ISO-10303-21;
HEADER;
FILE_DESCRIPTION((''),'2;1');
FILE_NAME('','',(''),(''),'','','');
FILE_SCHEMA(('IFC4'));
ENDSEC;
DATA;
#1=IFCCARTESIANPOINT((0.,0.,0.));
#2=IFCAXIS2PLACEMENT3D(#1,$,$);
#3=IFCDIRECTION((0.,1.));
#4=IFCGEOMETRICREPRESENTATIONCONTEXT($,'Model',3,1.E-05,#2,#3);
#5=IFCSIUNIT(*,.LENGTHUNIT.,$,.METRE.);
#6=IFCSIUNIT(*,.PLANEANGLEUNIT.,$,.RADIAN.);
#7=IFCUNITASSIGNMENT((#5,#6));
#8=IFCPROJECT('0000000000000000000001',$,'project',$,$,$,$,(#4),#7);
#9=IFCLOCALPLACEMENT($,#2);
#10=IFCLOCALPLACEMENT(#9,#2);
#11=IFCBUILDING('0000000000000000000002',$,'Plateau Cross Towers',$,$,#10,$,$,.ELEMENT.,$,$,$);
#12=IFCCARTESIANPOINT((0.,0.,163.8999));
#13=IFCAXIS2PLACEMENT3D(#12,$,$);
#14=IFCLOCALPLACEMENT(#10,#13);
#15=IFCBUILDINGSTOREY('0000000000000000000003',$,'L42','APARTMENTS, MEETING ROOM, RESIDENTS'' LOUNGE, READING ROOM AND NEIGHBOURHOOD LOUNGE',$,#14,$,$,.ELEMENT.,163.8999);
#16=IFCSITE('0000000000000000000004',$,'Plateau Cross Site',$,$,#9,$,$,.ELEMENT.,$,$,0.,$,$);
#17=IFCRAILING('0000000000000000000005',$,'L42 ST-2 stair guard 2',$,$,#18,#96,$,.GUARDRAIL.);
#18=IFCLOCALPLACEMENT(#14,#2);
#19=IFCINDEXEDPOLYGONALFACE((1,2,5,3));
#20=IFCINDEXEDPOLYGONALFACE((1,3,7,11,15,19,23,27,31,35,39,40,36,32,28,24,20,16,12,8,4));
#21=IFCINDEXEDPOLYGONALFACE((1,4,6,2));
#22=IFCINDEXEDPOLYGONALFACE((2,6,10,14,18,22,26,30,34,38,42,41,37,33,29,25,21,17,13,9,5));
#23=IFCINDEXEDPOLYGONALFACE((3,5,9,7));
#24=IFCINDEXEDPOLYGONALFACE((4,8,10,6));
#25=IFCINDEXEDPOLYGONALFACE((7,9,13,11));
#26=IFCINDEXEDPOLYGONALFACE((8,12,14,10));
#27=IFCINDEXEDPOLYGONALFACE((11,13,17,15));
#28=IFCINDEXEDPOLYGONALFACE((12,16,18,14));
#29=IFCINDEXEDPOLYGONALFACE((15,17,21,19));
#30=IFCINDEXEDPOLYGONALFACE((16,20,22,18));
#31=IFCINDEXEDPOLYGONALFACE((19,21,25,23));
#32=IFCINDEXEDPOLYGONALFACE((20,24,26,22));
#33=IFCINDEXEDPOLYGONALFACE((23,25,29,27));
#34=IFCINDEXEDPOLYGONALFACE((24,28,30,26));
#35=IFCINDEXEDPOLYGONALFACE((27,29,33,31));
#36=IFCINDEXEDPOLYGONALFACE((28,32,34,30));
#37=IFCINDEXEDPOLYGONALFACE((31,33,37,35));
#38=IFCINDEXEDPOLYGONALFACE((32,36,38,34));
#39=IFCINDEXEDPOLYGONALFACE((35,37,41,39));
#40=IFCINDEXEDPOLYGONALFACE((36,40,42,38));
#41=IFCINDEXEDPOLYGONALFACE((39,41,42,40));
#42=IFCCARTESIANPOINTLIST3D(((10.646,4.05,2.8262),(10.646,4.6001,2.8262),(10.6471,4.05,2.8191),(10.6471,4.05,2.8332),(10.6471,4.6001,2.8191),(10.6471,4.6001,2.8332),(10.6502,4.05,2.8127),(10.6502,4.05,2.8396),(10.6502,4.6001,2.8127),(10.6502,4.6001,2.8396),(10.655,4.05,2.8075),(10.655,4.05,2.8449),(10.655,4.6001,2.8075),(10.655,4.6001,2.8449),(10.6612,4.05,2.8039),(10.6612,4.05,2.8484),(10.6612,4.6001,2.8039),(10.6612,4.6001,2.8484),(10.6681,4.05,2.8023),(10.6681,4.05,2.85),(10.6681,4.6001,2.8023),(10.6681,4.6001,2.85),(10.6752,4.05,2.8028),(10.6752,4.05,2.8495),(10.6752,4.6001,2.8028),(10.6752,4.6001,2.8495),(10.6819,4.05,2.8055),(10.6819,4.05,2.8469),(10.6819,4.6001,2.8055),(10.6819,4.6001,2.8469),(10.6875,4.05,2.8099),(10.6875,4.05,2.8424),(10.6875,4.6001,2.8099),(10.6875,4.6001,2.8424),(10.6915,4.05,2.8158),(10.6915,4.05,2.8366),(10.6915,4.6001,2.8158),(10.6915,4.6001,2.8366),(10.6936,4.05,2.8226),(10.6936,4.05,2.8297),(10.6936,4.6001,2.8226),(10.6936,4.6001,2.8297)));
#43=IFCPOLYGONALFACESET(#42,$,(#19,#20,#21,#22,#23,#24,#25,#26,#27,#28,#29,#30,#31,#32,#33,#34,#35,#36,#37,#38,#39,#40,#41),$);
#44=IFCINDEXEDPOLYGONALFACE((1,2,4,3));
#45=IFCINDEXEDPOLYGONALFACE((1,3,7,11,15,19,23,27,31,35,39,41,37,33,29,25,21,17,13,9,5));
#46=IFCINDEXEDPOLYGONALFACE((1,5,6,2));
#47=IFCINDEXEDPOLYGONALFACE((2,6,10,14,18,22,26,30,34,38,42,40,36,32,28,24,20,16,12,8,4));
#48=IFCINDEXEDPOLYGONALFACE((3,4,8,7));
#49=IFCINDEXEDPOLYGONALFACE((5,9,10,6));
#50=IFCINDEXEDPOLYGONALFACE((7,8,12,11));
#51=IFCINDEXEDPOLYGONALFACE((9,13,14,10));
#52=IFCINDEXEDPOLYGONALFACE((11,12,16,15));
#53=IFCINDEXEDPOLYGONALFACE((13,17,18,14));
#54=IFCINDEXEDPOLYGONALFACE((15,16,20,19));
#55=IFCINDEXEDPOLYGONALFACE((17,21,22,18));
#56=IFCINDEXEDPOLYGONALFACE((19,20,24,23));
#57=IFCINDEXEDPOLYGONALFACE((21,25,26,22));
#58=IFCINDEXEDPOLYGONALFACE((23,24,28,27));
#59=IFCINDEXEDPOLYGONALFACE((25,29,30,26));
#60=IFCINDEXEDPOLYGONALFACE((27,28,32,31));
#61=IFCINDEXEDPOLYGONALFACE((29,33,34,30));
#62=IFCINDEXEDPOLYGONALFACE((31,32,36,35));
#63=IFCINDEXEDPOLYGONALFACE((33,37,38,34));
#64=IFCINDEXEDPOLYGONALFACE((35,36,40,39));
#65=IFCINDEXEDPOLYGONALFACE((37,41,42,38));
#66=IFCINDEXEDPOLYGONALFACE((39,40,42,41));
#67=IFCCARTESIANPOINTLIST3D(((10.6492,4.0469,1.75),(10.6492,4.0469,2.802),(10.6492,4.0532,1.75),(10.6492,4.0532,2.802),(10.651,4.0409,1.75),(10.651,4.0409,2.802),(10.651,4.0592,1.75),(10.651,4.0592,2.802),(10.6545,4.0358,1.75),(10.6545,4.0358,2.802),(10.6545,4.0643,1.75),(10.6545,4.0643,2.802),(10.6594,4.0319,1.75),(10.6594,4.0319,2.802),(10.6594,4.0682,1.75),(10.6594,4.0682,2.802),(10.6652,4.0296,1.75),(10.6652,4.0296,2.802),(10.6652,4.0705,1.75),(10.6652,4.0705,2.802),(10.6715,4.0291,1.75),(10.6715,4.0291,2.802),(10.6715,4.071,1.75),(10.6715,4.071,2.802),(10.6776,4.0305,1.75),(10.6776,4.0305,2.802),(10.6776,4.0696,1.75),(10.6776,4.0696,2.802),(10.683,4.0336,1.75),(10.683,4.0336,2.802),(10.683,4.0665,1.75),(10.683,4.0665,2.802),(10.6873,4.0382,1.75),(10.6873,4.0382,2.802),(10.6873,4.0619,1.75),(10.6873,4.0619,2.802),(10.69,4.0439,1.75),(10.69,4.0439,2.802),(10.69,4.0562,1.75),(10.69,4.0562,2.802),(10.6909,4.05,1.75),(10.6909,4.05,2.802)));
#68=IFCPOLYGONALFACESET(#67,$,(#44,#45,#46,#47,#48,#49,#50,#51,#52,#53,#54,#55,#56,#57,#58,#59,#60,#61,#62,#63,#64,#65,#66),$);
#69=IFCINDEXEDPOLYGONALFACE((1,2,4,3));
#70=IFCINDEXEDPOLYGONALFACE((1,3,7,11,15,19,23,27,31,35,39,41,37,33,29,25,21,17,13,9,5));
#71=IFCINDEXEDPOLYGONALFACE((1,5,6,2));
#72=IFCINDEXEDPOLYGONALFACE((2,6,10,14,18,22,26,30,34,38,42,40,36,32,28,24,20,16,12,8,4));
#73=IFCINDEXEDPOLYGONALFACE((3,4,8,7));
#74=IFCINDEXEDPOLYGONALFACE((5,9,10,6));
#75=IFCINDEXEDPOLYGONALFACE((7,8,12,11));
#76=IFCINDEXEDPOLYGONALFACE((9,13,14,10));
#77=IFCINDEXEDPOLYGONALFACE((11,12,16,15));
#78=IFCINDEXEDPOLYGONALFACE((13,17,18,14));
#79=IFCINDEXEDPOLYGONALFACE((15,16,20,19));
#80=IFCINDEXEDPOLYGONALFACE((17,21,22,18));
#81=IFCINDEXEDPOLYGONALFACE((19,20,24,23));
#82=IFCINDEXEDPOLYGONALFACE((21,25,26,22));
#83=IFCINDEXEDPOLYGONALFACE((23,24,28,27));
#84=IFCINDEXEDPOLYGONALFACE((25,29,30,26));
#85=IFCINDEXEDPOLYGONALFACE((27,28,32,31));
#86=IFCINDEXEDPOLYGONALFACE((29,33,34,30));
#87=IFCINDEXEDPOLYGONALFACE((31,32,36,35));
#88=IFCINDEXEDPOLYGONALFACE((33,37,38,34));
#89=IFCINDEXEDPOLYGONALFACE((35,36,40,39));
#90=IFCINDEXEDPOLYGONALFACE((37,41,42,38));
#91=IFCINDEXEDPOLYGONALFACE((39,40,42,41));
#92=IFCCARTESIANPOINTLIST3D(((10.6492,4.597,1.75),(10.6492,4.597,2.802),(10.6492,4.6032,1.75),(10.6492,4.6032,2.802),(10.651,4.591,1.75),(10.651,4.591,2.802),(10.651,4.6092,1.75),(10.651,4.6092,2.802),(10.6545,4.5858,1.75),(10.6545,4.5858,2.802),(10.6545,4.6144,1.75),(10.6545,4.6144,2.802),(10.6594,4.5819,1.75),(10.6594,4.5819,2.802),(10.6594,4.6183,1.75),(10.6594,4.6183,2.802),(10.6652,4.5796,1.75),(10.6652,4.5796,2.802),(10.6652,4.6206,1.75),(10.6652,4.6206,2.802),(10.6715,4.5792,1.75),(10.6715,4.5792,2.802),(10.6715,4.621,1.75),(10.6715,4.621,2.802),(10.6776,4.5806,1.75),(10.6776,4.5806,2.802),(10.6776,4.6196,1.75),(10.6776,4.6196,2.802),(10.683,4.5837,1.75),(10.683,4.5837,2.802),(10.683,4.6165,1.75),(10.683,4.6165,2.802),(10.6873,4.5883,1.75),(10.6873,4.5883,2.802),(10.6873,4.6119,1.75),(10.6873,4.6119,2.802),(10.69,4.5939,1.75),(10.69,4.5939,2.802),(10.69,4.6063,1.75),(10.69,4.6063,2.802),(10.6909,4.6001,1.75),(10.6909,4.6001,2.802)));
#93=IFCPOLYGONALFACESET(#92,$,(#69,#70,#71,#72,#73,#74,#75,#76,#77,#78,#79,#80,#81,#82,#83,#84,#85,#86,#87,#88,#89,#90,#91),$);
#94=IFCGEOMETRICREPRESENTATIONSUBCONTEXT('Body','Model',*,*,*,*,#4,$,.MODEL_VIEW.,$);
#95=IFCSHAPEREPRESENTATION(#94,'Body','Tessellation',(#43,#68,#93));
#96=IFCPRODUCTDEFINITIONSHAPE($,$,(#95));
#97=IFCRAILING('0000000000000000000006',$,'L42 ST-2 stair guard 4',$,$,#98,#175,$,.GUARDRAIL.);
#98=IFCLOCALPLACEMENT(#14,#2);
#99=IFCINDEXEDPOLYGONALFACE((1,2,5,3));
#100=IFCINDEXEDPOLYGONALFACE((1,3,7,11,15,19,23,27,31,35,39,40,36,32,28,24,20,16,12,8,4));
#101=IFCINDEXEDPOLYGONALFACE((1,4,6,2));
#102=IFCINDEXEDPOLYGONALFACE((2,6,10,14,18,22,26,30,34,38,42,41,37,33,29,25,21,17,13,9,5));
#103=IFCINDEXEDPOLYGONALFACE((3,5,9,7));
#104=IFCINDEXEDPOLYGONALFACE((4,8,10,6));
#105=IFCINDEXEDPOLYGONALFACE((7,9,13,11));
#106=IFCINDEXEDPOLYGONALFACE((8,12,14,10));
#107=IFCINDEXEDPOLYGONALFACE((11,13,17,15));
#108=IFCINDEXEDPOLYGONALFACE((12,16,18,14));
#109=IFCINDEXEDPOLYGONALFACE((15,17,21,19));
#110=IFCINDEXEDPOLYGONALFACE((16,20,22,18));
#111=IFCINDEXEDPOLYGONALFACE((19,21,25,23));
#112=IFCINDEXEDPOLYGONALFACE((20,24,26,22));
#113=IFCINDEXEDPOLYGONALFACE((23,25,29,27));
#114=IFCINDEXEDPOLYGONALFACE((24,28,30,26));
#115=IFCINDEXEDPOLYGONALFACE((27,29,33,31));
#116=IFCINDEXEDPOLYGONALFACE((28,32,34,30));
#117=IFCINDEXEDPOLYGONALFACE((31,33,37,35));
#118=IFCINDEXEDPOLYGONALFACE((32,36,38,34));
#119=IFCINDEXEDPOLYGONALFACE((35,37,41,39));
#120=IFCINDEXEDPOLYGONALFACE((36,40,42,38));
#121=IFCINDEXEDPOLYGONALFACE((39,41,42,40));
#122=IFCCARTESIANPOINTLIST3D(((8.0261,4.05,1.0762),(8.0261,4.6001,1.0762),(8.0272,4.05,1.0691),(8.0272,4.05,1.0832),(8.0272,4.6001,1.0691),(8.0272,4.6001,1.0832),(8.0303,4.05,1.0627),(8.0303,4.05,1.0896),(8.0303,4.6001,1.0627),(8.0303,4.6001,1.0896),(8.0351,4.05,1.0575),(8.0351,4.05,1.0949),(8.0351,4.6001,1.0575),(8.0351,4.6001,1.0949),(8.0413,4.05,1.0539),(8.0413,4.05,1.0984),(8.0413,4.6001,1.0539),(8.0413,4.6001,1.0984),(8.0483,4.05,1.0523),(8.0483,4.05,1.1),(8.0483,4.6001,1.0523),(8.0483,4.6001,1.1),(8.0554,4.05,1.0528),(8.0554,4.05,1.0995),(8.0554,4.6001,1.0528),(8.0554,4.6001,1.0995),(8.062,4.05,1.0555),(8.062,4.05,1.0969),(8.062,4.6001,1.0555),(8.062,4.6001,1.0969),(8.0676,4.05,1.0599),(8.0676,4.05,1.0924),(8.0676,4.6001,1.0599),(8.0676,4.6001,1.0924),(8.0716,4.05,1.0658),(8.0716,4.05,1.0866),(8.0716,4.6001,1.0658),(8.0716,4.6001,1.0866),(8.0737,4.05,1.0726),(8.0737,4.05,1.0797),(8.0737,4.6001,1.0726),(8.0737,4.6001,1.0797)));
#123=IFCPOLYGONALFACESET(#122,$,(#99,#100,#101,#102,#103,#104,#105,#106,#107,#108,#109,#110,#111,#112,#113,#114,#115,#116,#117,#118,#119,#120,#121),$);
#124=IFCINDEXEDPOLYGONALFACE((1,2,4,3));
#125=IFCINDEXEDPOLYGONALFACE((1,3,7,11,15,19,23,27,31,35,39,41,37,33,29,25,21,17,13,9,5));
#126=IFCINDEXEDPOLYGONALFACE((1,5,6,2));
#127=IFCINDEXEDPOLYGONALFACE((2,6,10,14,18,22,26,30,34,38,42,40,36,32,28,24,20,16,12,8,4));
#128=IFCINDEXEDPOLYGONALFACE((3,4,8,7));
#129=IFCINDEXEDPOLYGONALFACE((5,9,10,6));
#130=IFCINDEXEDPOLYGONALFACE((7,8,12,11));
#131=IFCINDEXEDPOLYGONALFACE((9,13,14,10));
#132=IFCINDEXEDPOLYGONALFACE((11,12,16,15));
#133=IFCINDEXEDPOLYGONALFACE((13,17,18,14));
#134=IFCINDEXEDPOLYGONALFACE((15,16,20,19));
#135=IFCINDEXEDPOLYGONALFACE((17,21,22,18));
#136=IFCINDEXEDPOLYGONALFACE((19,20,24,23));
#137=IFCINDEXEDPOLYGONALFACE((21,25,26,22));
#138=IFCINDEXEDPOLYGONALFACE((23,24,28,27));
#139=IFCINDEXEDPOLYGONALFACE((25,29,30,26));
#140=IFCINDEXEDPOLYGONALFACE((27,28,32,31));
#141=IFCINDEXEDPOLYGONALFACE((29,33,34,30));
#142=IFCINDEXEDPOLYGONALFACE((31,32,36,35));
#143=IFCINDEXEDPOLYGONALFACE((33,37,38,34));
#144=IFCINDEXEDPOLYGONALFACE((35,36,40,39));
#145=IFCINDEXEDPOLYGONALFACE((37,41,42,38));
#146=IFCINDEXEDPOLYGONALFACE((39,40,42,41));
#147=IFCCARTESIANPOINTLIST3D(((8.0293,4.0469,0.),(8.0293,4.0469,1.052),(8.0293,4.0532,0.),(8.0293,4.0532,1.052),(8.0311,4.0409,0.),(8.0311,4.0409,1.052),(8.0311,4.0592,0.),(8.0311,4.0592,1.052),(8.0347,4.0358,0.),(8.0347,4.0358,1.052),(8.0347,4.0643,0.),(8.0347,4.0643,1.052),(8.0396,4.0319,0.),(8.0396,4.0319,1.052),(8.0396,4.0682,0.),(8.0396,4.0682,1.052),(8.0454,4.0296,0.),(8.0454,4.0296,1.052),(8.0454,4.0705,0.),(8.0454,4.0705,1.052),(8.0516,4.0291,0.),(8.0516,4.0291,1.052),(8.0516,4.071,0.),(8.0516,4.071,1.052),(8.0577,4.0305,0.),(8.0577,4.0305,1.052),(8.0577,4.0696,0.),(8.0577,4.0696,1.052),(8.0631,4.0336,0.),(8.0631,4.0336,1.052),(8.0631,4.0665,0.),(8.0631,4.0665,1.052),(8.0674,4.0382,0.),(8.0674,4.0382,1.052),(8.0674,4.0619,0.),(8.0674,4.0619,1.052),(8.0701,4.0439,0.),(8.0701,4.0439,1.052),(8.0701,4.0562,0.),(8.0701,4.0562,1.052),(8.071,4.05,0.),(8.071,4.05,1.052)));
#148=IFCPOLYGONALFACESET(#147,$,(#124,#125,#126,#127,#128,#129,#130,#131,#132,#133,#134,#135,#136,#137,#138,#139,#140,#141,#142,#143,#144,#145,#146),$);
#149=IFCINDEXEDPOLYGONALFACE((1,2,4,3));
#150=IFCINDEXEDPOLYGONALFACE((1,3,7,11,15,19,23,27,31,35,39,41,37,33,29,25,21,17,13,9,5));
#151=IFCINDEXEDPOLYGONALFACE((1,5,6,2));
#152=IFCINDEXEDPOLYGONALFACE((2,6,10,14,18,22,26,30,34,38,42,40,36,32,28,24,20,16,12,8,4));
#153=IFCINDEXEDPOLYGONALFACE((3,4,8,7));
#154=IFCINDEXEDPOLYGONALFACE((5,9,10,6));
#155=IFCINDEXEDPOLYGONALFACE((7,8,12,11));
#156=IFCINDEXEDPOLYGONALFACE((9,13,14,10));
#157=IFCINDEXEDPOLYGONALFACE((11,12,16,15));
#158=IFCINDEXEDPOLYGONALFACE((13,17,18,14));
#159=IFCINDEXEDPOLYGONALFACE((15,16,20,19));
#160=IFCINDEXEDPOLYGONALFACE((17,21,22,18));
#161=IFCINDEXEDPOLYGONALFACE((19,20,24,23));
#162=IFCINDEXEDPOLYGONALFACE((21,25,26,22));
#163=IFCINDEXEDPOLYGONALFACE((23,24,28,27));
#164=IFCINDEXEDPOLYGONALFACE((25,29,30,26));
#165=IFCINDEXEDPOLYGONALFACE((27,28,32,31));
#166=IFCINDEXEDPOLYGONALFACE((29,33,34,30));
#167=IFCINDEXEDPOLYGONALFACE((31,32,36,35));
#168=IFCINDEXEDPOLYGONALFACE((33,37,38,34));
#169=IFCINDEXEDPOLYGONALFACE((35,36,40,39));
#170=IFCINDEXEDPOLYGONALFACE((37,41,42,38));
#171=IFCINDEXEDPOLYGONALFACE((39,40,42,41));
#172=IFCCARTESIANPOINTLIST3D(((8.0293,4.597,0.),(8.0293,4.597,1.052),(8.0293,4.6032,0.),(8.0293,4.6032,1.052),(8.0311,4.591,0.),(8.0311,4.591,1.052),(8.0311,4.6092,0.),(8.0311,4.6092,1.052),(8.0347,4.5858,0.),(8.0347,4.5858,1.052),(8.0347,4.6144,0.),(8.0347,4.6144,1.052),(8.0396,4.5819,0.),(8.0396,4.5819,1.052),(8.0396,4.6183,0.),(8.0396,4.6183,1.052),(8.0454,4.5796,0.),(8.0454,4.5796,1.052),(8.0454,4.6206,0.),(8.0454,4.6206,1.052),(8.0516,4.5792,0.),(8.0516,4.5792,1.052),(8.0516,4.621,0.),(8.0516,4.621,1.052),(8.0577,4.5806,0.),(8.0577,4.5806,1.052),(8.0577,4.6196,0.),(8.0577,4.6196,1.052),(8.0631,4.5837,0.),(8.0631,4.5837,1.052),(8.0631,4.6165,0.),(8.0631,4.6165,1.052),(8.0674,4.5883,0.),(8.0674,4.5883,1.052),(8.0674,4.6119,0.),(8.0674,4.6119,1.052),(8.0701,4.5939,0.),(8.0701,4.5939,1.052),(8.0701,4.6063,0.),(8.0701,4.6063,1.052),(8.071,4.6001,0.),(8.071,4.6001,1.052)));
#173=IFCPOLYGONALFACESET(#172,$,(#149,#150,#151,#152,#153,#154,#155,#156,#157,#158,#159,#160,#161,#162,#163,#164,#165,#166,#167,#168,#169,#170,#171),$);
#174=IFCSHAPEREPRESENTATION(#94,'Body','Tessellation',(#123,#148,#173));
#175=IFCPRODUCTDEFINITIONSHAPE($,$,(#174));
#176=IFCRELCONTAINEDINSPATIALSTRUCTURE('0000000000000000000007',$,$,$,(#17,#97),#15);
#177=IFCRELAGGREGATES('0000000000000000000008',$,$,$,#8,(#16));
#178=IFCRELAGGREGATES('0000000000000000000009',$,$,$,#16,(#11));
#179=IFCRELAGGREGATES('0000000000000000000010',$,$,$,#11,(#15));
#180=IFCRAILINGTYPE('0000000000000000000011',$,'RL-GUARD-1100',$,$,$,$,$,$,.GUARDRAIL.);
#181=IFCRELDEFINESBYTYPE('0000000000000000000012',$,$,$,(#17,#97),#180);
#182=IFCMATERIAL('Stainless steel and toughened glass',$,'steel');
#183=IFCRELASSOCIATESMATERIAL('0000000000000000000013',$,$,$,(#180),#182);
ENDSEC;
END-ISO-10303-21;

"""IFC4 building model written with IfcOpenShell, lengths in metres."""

from ifc_helpers import new_model, si_unit, direction, frame, origin, origin_2d, place, context, subcontext, project, spatial, circle, extrude, material, type_object, element, save


model = new_model("IFC4")

# Units and contexts
model_context = context("Model", 3, precision=1e-05, world=origin(), true_north=direction((0.0, 1.0)))
body_context = subcontext(model_context, "Body", "Model", "MODEL_VIEW")
ifc_project = project(units=[si_unit("LENGTHUNIT", "METRE"), si_unit("PLANEANGLEUNIT", "RADIAN")], contexts=[model_context])

# Site, building, storey
site_placement = place(None, origin())
site = spatial("IfcSite", under=ifc_project, at=site_placement, Name="Plateau Cross Site", CompositionType="ELEMENT", RefElevation=0.0)
building_placement = place(site_placement, origin())
building = spatial("IfcBuilding", under=site, at=building_placement, Name="Plateau Cross Towers", CompositionType="ELEMENT")
storey_placement = place(building_placement, frame((0.0, 0.0, 163.8999)))
storey = spatial("IfcBuildingStorey", under=building, at=storey_placement, Name="L42", Description="APARTMENTS, MEETING ROOM, RESIDENTS' LOUNGE, READING ROOM AND NEIGHBOURHOOD LOUNGE", CompositionType="ELEMENT", Elevation=163.8999)

# Railings
ifc_material_1 = material(Name="Stainless steel and toughened glass", Category="steel")
railing_type_1 = type_object("IfcRailingType", Name="RL-GUARD-1100", PredefinedType="GUARDRAIL", material=ifc_material_1)
for number, where, name in (
    (1, (10.6699, 4.05, 1.75), "L42 ST-2 stair guard 2"),
    (2, (8.05, 4.05, 0.0), "L42 ST-2 stair guard 4"),
):
    element("IfcRailing", number, at=place(storey_placement, frame(where)), inside=storey, type_object=railing_type_1, Name=name, PredefinedType="GUARDRAIL", context=body_context, shape_type="SweptSolid", body=[
        extrude(circle(Radius=0.0239, at=origin_2d()), frame((0.0, 0.0, 1.0762), z_axis=(0.0, 1.0, 0.0), x_axis=(-1.0, 0.0, 0.0)), (0.0, 0.0, 1.0), 0.55),
        extrude(circle(Radius=0.021, at=origin_2d()), origin(), (0.0, 0.0, 1.0), 1.052),
        extrude(circle(Radius=0.021, at=origin_2d()), frame((0.0, 0.55, 0.0)), (0.0, 0.0, 1.0), 1.052),
    ])

save(model, "model.ifc")
